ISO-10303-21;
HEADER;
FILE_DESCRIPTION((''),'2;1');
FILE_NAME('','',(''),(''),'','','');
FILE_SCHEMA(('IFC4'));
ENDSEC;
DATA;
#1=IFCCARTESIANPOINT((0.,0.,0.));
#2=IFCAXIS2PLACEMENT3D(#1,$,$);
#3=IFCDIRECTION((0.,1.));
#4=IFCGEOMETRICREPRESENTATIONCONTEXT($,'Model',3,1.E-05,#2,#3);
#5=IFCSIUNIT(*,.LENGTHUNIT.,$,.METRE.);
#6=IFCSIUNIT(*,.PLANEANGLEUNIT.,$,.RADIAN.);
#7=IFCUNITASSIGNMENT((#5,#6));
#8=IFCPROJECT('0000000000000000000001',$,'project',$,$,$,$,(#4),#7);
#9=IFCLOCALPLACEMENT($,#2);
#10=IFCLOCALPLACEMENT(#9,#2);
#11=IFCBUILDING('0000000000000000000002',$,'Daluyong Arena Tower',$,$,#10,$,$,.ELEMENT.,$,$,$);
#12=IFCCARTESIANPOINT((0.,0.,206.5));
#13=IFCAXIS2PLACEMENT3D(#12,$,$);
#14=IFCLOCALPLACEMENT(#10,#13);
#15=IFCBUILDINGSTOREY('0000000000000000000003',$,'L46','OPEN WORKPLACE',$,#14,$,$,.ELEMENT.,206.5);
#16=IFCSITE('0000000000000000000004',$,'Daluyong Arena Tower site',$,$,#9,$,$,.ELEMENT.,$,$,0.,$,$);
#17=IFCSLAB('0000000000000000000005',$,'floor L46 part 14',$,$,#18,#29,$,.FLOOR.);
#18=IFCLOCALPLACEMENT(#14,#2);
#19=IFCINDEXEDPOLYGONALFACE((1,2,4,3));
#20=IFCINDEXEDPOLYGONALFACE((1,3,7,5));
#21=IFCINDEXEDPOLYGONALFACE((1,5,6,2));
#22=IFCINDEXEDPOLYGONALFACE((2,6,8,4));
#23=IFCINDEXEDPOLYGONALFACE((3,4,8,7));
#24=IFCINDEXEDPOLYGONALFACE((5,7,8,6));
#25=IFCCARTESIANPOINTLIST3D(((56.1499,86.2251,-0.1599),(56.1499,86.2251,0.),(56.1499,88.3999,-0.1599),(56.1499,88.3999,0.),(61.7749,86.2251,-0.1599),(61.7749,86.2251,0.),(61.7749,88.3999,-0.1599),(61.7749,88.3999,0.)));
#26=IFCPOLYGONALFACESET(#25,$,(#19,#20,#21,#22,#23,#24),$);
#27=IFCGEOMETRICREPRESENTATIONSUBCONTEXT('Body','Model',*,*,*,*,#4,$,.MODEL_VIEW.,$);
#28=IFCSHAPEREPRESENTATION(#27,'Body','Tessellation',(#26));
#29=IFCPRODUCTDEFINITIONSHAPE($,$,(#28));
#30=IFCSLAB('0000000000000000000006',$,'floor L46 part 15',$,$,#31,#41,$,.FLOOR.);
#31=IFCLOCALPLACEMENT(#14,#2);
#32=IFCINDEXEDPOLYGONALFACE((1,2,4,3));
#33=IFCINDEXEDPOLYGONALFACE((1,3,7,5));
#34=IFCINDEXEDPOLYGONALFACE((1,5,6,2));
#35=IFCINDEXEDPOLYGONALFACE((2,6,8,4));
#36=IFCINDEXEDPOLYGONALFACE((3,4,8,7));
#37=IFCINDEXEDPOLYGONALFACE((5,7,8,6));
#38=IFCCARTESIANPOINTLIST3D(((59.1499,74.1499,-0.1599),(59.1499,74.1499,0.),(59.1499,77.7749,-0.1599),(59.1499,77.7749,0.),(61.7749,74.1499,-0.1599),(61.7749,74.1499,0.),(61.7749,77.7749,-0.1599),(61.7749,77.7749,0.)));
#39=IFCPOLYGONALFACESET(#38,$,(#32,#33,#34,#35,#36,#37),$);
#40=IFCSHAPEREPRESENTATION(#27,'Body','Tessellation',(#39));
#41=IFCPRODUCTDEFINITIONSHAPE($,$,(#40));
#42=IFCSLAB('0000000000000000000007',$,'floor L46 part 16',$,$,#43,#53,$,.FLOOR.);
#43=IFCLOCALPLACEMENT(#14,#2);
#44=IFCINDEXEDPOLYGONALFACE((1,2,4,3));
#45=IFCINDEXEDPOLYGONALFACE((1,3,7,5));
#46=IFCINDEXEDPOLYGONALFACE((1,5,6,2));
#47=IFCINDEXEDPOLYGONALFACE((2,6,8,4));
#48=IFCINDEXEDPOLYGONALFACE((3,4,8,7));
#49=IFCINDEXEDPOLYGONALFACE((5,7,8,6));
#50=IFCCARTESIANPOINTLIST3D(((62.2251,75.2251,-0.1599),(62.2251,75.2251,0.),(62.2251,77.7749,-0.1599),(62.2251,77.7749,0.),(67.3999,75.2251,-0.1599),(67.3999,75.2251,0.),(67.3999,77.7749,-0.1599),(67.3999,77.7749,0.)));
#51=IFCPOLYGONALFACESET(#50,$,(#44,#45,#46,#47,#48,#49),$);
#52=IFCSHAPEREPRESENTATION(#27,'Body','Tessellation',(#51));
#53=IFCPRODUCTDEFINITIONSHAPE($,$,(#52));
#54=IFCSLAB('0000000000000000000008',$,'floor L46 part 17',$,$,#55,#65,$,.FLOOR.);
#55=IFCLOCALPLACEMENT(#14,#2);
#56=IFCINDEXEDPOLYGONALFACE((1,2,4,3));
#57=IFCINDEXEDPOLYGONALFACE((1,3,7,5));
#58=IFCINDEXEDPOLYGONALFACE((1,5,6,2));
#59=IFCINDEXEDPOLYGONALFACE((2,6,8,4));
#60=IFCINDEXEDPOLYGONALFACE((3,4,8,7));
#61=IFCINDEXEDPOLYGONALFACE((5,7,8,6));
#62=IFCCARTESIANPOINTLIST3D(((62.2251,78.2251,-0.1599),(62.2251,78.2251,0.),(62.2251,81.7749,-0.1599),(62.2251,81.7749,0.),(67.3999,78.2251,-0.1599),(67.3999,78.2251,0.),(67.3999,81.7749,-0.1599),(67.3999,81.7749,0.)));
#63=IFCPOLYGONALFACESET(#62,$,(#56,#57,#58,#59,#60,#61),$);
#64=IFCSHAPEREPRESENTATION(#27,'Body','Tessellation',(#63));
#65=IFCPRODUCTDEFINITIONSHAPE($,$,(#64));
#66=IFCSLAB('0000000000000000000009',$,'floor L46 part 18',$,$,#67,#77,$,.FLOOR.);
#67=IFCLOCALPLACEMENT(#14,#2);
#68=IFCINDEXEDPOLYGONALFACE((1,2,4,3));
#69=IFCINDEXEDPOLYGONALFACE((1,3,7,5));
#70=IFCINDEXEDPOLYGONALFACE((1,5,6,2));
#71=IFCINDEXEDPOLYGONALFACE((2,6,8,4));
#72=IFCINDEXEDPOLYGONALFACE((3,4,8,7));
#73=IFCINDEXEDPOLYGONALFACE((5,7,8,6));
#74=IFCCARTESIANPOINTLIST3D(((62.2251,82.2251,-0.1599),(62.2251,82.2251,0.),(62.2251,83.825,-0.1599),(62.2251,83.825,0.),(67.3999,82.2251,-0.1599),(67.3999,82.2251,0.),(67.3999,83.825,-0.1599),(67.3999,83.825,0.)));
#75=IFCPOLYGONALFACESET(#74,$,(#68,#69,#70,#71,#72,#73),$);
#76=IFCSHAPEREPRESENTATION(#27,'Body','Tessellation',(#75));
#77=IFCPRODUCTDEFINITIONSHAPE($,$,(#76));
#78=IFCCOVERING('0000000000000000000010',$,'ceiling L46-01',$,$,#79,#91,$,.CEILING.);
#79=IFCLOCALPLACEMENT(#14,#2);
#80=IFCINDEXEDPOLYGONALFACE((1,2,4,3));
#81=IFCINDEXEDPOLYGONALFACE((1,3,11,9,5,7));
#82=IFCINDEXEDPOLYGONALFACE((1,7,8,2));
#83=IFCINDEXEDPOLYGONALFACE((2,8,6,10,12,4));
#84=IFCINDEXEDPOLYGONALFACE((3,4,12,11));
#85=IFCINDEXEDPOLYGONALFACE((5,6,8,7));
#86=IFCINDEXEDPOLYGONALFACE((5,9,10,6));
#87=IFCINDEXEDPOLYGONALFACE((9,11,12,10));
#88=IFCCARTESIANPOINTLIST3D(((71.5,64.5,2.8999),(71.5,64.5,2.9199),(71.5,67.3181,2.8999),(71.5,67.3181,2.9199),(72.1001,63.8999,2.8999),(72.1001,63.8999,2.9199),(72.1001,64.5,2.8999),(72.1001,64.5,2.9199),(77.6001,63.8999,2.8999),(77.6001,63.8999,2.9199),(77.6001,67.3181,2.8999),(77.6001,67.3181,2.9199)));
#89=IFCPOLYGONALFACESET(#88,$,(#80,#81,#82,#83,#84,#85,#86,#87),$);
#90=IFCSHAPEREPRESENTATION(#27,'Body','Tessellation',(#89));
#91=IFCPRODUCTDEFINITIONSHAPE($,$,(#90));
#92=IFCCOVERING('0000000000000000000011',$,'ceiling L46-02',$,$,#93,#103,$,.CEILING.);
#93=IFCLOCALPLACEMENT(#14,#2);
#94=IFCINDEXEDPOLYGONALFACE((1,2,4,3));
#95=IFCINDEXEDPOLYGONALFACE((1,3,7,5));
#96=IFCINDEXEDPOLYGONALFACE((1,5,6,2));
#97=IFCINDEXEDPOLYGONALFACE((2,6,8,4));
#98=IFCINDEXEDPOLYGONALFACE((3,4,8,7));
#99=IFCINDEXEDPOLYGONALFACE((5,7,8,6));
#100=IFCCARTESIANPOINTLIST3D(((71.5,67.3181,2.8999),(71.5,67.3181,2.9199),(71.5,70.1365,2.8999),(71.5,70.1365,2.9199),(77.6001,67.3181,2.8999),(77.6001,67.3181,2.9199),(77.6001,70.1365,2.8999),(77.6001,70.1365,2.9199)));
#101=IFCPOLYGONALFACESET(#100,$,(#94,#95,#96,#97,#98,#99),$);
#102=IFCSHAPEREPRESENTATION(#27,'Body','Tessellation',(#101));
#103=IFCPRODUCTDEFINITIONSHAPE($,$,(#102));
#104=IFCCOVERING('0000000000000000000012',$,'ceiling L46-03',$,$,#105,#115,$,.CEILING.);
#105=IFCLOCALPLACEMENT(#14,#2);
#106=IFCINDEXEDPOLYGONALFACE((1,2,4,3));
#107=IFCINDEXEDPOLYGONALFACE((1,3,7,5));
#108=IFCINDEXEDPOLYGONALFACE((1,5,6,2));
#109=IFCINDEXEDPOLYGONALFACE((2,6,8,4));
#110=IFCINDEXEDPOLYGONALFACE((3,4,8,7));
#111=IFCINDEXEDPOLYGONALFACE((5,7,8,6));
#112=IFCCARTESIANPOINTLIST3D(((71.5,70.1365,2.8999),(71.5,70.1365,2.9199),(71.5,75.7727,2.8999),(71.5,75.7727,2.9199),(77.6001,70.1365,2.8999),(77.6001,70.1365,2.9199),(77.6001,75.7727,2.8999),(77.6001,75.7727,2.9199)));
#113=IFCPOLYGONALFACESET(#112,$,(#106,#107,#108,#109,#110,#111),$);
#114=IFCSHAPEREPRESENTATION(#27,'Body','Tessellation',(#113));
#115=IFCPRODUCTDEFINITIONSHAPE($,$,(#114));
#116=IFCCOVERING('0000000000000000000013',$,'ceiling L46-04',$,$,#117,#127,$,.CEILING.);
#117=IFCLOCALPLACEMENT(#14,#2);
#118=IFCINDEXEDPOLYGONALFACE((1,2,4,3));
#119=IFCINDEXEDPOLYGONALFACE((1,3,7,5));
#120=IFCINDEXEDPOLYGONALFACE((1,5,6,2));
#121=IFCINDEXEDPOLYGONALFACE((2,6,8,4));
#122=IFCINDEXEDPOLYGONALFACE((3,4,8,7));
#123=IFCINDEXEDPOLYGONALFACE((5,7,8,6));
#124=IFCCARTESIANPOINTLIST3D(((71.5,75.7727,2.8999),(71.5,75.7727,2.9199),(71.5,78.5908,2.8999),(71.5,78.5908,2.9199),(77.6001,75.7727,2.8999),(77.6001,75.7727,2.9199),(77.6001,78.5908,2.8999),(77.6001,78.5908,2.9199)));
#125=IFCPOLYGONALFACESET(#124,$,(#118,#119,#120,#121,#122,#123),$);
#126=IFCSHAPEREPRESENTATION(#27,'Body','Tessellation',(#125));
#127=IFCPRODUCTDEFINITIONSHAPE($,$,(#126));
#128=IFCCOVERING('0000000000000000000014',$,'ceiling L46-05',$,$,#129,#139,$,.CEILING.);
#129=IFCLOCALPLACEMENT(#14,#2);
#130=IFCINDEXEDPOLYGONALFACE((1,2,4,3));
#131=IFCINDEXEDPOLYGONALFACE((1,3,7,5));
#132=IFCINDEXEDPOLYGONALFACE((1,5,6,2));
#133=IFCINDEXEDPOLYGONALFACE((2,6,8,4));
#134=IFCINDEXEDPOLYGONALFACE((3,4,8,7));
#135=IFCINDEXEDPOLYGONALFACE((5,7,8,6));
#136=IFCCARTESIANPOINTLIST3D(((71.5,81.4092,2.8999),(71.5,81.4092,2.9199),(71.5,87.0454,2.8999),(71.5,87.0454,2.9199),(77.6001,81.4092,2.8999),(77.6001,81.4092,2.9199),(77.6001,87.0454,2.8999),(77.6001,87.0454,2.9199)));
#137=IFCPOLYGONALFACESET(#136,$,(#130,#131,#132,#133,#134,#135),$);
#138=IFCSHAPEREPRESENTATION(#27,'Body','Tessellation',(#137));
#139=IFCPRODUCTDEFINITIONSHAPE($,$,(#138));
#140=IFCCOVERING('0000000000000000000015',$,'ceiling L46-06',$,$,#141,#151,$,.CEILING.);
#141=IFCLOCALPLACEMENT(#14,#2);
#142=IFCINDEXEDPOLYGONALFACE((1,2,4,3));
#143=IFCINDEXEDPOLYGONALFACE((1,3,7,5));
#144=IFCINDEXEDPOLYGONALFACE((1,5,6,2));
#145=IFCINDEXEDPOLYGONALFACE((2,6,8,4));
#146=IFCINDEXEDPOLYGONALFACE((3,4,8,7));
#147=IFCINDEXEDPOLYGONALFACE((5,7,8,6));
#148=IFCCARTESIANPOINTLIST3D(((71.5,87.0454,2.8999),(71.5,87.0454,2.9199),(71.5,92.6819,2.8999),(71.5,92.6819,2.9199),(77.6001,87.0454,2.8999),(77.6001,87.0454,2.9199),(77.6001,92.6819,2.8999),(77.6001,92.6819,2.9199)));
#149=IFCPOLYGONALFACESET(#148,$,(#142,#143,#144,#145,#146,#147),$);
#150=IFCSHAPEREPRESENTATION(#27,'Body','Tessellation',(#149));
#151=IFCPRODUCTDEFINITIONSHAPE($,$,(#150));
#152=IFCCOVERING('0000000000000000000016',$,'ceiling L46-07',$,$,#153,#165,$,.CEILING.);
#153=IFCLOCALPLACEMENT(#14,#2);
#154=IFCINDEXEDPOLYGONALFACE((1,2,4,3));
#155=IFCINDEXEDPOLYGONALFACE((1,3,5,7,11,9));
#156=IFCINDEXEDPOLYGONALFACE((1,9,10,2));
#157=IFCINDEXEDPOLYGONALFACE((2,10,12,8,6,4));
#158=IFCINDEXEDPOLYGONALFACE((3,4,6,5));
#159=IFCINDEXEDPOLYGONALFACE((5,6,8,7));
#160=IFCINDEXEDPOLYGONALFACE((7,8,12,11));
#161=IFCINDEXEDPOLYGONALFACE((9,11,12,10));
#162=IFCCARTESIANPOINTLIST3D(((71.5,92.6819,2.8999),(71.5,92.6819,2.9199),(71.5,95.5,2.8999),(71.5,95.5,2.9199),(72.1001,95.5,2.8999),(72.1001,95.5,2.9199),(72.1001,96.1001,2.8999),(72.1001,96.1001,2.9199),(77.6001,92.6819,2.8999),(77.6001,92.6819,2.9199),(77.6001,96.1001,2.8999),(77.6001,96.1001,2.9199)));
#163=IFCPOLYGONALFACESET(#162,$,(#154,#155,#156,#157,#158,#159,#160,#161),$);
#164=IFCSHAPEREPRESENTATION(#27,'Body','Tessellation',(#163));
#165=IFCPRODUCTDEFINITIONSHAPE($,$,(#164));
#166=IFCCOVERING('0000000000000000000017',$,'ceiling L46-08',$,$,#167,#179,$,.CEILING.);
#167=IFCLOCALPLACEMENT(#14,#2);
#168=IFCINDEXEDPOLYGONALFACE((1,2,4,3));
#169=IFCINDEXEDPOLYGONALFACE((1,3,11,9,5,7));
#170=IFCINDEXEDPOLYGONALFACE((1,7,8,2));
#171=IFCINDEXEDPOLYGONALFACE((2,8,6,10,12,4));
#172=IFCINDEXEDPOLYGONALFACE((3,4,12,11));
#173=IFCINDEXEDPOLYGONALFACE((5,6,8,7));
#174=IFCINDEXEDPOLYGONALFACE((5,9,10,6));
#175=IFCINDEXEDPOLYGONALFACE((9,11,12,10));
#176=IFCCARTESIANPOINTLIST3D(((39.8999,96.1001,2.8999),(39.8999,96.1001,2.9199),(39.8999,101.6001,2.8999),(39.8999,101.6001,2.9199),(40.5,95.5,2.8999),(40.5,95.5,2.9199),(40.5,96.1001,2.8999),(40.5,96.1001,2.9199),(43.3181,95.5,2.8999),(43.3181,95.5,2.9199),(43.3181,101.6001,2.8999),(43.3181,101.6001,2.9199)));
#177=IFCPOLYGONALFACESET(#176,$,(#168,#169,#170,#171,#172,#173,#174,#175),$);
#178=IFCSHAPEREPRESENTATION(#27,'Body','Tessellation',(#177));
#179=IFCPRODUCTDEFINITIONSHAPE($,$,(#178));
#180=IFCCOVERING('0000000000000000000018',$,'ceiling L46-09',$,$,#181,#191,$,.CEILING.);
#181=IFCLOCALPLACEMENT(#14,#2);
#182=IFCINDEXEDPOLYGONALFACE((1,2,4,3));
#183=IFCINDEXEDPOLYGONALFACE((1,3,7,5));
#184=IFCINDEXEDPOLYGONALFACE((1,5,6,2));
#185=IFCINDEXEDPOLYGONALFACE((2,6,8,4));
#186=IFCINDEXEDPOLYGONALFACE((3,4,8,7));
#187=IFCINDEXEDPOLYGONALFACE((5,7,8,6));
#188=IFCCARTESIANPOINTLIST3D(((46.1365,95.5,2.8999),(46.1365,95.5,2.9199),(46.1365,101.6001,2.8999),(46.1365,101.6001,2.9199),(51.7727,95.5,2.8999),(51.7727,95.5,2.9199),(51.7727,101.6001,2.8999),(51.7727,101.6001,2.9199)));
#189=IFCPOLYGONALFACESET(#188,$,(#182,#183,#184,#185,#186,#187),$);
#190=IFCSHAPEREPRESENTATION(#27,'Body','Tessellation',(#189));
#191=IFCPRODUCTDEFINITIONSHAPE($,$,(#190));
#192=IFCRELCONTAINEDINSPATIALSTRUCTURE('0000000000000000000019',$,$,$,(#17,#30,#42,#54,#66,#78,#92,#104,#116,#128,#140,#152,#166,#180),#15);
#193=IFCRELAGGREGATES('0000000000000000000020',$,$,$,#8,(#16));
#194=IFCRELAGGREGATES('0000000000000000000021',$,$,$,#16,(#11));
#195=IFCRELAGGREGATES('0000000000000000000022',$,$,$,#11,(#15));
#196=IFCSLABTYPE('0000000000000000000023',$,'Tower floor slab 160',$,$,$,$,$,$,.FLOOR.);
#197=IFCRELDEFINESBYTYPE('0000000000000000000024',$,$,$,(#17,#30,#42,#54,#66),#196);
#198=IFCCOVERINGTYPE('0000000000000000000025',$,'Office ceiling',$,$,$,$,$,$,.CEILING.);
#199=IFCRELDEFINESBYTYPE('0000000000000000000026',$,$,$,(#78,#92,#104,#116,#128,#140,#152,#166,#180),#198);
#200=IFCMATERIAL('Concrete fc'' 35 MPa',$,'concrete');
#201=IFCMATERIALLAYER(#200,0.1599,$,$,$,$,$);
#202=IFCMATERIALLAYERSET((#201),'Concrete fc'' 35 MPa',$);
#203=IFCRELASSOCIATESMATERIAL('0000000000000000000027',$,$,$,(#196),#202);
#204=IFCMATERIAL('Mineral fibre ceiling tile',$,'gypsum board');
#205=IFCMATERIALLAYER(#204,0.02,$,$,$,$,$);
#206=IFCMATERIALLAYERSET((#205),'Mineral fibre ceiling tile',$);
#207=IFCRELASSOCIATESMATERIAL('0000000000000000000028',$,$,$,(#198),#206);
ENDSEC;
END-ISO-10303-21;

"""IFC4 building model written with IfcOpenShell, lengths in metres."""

from ifc_helpers import new_model, si_unit, direction, frame, origin, place, context, subcontext, project, spatial, polyline, outline, extrude, material, layer, layer_set, type_object, element, save


model = new_model("IFC4")

# Units and contexts
model_context = context("Model", 3, precision=1e-05, world=origin(), true_north=direction((0.0, 1.0)))
body_context = subcontext(model_context, "Body", "Model", "MODEL_VIEW")
ifc_project = project(units=[si_unit("LENGTHUNIT", "METRE"), si_unit("PLANEANGLEUNIT", "RADIAN")], contexts=[model_context])

# Site, building, storey
site_placement = place(None, origin())
site = spatial("IfcSite", under=ifc_project, at=site_placement, Name="Daluyong Arena Tower site", CompositionType="ELEMENT", RefElevation=0.0)
building_placement = place(site_placement, origin())
building = spatial("IfcBuilding", under=site, at=building_placement, Name="Daluyong Arena Tower", CompositionType="ELEMENT")
storey_placement = place(building_placement, frame((0.0, 0.0, 206.5)))
storey = spatial("IfcBuildingStorey", under=building, at=storey_placement, Name="L46", Description="OPEN WORKPLACE", CompositionType="ELEMENT", Elevation=206.5)

# Slabs
ifc_material_1 = material(Name="Concrete fc' 35 MPa", Category="concrete")
ifc_layer_1 = layer(ifc_material_1, 0.1599)
ifc_layer_set_1 = layer_set([ifc_layer_1], Name="Concrete fc' 35 MPa")
slab_type = type_object("IfcSlabType", Name="Tower floor slab 160", PredefinedType="FLOOR", material=ifc_layer_set_1)
slab_1_placement = place(storey_placement, frame((0.0, 0.0, -0.1599)))
element("IfcSlab", 1, at=slab_1_placement, inside=storey, type_object=slab_type, Name="floor L46 part 14", PredefinedType="FLOOR", context=body_context, shape_type="SweptSolid", body=[
    extrude(outline(polyline([(56.1499, 88.3999), (56.1499, 86.2251), (61.7749, 86.2251), (61.7749, 88.3999), (56.1499, 88.3999)])), origin(), (0.0, 0.0, 1.0), 0.1599),
])
slab_2_placement = place(storey_placement, frame((0.0, 0.0, -0.1599)))
element("IfcSlab", 2, at=slab_2_placement, inside=storey, type_object=slab_type, Name="floor L46 part 15", PredefinedType="FLOOR", context=body_context, shape_type="SweptSolid", body=[
    extrude(outline(polyline([(61.7749, 77.7749), (59.1499, 77.7749), (59.1499, 74.1499), (61.7749, 74.1499), (61.7749, 77.7749)])), origin(), (0.0, 0.0, 1.0), 0.1599),
])
slab_3_placement = place(storey_placement, frame((0.0, 0.0, -0.1599)))
element("IfcSlab", 3, at=slab_3_placement, inside=storey, type_object=slab_type, Name="floor L46 part 16", PredefinedType="FLOOR", context=body_context, shape_type="SweptSolid", body=[
    extrude(outline(polyline([(67.3999, 75.2251), (67.3999, 77.7749), (62.2251, 77.7749), (62.2251, 75.2251), (67.3999, 75.2251)])), origin(), (0.0, 0.0, 1.0), 0.1599),
])
slab_4_placement = place(storey_placement, frame((0.0, 0.0, -0.1599)))
element("IfcSlab", 4, at=slab_4_placement, inside=storey, type_object=slab_type, Name="floor L46 part 17", PredefinedType="FLOOR", context=body_context, shape_type="SweptSolid", body=[
    extrude(outline(polyline([(67.3999, 78.2251), (67.3999, 81.7749), (62.2251, 81.7749), (62.2251, 78.2251), (67.3999, 78.2251)])), origin(), (0.0, 0.0, 1.0), 0.1599),
])
slab_5_placement = place(storey_placement, frame((0.0, 0.0, -0.1599)))
element("IfcSlab", 5, at=slab_5_placement, inside=storey, type_object=slab_type, Name="floor L46 part 18", PredefinedType="FLOOR", context=body_context, shape_type="SweptSolid", body=[
    extrude(outline(polyline([(67.3999, 83.825), (62.2251, 83.825), (62.2251, 82.2251), (67.3999, 82.2251), (67.3999, 83.825)])), origin(), (0.0, 0.0, 1.0), 0.1599),
])

# Coverings
ifc_material_2 = material(Name="Mineral fibre ceiling tile", Category="gypsum board")
ifc_layer_2 = layer(ifc_material_2, 0.02)
ifc_layer_set_2 = layer_set([ifc_layer_2], Name="Mineral fibre ceiling tile")
covering_type = type_object("IfcCoveringType", Name="Office ceiling", PredefinedType="CEILING", material=ifc_layer_set_2)
covering_1_placement = place(storey_placement, frame((0.0, 0.0, 2.8999)))
element("IfcCovering", 6, at=covering_1_placement, inside=storey, type_object=covering_type, Name="ceiling L46-01", PredefinedType="CEILING", context=body_context, shape_type="SweptSolid", body=[
    extrude(outline(polyline([(72.1001, 63.8999), (77.6001, 63.8999), (77.6001, 67.3181), (71.5, 67.3181), (71.5, 64.5), (72.1001, 64.5), (72.1001, 63.8999)])), origin(), (0.0, 0.0, 1.0), 0.02),
])
covering_2_placement = place(storey_placement, frame((0.0, 0.0, 2.8999)))
element("IfcCovering", 7, at=covering_2_placement, inside=storey, type_object=covering_type, Name="ceiling L46-02", PredefinedType="CEILING", context=body_context, shape_type="SweptSolid", body=[
    extrude(outline(polyline([(71.5, 67.3181), (77.6001, 67.3181), (77.6001, 70.1365), (71.5, 70.1365), (71.5, 67.3181)])), origin(), (0.0, 0.0, 1.0), 0.02),
])
covering_3_placement = place(storey_placement, frame((0.0, 0.0, 2.8999)))
element("IfcCovering", 8, at=covering_3_placement, inside=storey, type_object=covering_type, Name="ceiling L46-03", PredefinedType="CEILING", context=body_context, shape_type="SweptSolid", body=[
    extrude(outline(polyline([(71.5, 70.1365), (77.6001, 70.1365), (77.6001, 75.7727), (71.5, 75.7727), (71.5, 70.1365)])), origin(), (0.0, 0.0, 1.0), 0.02),
])
covering_4_placement = place(storey_placement, frame((0.0, 0.0, 2.8999)))
element("IfcCovering", 9, at=covering_4_placement, inside=storey, type_object=covering_type, Name="ceiling L46-04", PredefinedType="CEILING", context=body_context, shape_type="SweptSolid", body=[
    extrude(outline(polyline([(71.5, 75.7727), (77.6001, 75.7727), (77.6001, 78.5908), (71.5, 78.5908), (71.5, 75.7727)])), origin(), (0.0, 0.0, 1.0), 0.02),
])
covering_5_placement = place(storey_placement, frame((0.0, 0.0, 2.8999)))
element("IfcCovering", 10, at=covering_5_placement, inside=storey, type_object=covering_type, Name="ceiling L46-05", PredefinedType="CEILING", context=body_context, shape_type="SweptSolid", body=[
    extrude(outline(polyline([(71.5, 81.4092), (77.6001, 81.4092), (77.6001, 87.0454), (71.5, 87.0454), (71.5, 81.4092)])), origin(), (0.0, 0.0, 1.0), 0.02),
])
covering_6_placement = place(storey_placement, frame((0.0, 0.0, 2.8999)))
element("IfcCovering", 11, at=covering_6_placement, inside=storey, type_object=covering_type, Name="ceiling L46-06", PredefinedType="CEILING", context=body_context, shape_type="SweptSolid", body=[
    extrude(outline(polyline([(71.5, 87.0454), (77.6001, 87.0454), (77.6001, 92.6819), (71.5, 92.6819), (71.5, 87.0454)])), origin(), (0.0, 0.0, 1.0), 0.02),
])
covering_7_placement = place(storey_placement, frame((0.0, 0.0, 2.8999)))
element("IfcCovering", 12, at=covering_7_placement, inside=storey, type_object=covering_type, Name="ceiling L46-07", PredefinedType="CEILING", context=body_context, shape_type="SweptSolid", body=[
    extrude(outline(polyline([(71.5, 92.6819), (77.6001, 92.6819), (77.6001, 96.1001), (72.1001, 96.1001), (72.1001, 95.5), (71.5, 95.5), (71.5, 92.6819)])), origin(), (0.0, 0.0, 1.0), 0.02),
])
covering_8_placement = place(storey_placement, frame((0.0, 0.0, 2.8999)))
element("IfcCovering", 13, at=covering_8_placement, inside=storey, type_object=covering_type, Name="ceiling L46-08", PredefinedType="CEILING", context=body_context, shape_type="SweptSolid", body=[
    extrude(outline(polyline([(43.3181, 95.5), (43.3181, 101.6001), (39.8999, 101.6001), (39.8999, 96.1001), (40.5, 96.1001), (40.5, 95.5), (43.3181, 95.5)])), origin(), (0.0, 0.0, 1.0), 0.02),
])
covering_9_placement = place(storey_placement, frame((0.0, 0.0, 2.8999)))
element("IfcCovering", 14, at=covering_9_placement, inside=storey, type_object=covering_type, Name="ceiling L46-09", PredefinedType="CEILING", context=body_context, shape_type="SweptSolid", body=[
    extrude(outline(polyline([(51.7727, 95.5), (51.7727, 101.6001), (46.1365, 101.6001), (46.1365, 95.5), (51.7727, 95.5)])), origin(), (0.0, 0.0, 1.0), 0.02),
])

save(model, "model.ifc")
